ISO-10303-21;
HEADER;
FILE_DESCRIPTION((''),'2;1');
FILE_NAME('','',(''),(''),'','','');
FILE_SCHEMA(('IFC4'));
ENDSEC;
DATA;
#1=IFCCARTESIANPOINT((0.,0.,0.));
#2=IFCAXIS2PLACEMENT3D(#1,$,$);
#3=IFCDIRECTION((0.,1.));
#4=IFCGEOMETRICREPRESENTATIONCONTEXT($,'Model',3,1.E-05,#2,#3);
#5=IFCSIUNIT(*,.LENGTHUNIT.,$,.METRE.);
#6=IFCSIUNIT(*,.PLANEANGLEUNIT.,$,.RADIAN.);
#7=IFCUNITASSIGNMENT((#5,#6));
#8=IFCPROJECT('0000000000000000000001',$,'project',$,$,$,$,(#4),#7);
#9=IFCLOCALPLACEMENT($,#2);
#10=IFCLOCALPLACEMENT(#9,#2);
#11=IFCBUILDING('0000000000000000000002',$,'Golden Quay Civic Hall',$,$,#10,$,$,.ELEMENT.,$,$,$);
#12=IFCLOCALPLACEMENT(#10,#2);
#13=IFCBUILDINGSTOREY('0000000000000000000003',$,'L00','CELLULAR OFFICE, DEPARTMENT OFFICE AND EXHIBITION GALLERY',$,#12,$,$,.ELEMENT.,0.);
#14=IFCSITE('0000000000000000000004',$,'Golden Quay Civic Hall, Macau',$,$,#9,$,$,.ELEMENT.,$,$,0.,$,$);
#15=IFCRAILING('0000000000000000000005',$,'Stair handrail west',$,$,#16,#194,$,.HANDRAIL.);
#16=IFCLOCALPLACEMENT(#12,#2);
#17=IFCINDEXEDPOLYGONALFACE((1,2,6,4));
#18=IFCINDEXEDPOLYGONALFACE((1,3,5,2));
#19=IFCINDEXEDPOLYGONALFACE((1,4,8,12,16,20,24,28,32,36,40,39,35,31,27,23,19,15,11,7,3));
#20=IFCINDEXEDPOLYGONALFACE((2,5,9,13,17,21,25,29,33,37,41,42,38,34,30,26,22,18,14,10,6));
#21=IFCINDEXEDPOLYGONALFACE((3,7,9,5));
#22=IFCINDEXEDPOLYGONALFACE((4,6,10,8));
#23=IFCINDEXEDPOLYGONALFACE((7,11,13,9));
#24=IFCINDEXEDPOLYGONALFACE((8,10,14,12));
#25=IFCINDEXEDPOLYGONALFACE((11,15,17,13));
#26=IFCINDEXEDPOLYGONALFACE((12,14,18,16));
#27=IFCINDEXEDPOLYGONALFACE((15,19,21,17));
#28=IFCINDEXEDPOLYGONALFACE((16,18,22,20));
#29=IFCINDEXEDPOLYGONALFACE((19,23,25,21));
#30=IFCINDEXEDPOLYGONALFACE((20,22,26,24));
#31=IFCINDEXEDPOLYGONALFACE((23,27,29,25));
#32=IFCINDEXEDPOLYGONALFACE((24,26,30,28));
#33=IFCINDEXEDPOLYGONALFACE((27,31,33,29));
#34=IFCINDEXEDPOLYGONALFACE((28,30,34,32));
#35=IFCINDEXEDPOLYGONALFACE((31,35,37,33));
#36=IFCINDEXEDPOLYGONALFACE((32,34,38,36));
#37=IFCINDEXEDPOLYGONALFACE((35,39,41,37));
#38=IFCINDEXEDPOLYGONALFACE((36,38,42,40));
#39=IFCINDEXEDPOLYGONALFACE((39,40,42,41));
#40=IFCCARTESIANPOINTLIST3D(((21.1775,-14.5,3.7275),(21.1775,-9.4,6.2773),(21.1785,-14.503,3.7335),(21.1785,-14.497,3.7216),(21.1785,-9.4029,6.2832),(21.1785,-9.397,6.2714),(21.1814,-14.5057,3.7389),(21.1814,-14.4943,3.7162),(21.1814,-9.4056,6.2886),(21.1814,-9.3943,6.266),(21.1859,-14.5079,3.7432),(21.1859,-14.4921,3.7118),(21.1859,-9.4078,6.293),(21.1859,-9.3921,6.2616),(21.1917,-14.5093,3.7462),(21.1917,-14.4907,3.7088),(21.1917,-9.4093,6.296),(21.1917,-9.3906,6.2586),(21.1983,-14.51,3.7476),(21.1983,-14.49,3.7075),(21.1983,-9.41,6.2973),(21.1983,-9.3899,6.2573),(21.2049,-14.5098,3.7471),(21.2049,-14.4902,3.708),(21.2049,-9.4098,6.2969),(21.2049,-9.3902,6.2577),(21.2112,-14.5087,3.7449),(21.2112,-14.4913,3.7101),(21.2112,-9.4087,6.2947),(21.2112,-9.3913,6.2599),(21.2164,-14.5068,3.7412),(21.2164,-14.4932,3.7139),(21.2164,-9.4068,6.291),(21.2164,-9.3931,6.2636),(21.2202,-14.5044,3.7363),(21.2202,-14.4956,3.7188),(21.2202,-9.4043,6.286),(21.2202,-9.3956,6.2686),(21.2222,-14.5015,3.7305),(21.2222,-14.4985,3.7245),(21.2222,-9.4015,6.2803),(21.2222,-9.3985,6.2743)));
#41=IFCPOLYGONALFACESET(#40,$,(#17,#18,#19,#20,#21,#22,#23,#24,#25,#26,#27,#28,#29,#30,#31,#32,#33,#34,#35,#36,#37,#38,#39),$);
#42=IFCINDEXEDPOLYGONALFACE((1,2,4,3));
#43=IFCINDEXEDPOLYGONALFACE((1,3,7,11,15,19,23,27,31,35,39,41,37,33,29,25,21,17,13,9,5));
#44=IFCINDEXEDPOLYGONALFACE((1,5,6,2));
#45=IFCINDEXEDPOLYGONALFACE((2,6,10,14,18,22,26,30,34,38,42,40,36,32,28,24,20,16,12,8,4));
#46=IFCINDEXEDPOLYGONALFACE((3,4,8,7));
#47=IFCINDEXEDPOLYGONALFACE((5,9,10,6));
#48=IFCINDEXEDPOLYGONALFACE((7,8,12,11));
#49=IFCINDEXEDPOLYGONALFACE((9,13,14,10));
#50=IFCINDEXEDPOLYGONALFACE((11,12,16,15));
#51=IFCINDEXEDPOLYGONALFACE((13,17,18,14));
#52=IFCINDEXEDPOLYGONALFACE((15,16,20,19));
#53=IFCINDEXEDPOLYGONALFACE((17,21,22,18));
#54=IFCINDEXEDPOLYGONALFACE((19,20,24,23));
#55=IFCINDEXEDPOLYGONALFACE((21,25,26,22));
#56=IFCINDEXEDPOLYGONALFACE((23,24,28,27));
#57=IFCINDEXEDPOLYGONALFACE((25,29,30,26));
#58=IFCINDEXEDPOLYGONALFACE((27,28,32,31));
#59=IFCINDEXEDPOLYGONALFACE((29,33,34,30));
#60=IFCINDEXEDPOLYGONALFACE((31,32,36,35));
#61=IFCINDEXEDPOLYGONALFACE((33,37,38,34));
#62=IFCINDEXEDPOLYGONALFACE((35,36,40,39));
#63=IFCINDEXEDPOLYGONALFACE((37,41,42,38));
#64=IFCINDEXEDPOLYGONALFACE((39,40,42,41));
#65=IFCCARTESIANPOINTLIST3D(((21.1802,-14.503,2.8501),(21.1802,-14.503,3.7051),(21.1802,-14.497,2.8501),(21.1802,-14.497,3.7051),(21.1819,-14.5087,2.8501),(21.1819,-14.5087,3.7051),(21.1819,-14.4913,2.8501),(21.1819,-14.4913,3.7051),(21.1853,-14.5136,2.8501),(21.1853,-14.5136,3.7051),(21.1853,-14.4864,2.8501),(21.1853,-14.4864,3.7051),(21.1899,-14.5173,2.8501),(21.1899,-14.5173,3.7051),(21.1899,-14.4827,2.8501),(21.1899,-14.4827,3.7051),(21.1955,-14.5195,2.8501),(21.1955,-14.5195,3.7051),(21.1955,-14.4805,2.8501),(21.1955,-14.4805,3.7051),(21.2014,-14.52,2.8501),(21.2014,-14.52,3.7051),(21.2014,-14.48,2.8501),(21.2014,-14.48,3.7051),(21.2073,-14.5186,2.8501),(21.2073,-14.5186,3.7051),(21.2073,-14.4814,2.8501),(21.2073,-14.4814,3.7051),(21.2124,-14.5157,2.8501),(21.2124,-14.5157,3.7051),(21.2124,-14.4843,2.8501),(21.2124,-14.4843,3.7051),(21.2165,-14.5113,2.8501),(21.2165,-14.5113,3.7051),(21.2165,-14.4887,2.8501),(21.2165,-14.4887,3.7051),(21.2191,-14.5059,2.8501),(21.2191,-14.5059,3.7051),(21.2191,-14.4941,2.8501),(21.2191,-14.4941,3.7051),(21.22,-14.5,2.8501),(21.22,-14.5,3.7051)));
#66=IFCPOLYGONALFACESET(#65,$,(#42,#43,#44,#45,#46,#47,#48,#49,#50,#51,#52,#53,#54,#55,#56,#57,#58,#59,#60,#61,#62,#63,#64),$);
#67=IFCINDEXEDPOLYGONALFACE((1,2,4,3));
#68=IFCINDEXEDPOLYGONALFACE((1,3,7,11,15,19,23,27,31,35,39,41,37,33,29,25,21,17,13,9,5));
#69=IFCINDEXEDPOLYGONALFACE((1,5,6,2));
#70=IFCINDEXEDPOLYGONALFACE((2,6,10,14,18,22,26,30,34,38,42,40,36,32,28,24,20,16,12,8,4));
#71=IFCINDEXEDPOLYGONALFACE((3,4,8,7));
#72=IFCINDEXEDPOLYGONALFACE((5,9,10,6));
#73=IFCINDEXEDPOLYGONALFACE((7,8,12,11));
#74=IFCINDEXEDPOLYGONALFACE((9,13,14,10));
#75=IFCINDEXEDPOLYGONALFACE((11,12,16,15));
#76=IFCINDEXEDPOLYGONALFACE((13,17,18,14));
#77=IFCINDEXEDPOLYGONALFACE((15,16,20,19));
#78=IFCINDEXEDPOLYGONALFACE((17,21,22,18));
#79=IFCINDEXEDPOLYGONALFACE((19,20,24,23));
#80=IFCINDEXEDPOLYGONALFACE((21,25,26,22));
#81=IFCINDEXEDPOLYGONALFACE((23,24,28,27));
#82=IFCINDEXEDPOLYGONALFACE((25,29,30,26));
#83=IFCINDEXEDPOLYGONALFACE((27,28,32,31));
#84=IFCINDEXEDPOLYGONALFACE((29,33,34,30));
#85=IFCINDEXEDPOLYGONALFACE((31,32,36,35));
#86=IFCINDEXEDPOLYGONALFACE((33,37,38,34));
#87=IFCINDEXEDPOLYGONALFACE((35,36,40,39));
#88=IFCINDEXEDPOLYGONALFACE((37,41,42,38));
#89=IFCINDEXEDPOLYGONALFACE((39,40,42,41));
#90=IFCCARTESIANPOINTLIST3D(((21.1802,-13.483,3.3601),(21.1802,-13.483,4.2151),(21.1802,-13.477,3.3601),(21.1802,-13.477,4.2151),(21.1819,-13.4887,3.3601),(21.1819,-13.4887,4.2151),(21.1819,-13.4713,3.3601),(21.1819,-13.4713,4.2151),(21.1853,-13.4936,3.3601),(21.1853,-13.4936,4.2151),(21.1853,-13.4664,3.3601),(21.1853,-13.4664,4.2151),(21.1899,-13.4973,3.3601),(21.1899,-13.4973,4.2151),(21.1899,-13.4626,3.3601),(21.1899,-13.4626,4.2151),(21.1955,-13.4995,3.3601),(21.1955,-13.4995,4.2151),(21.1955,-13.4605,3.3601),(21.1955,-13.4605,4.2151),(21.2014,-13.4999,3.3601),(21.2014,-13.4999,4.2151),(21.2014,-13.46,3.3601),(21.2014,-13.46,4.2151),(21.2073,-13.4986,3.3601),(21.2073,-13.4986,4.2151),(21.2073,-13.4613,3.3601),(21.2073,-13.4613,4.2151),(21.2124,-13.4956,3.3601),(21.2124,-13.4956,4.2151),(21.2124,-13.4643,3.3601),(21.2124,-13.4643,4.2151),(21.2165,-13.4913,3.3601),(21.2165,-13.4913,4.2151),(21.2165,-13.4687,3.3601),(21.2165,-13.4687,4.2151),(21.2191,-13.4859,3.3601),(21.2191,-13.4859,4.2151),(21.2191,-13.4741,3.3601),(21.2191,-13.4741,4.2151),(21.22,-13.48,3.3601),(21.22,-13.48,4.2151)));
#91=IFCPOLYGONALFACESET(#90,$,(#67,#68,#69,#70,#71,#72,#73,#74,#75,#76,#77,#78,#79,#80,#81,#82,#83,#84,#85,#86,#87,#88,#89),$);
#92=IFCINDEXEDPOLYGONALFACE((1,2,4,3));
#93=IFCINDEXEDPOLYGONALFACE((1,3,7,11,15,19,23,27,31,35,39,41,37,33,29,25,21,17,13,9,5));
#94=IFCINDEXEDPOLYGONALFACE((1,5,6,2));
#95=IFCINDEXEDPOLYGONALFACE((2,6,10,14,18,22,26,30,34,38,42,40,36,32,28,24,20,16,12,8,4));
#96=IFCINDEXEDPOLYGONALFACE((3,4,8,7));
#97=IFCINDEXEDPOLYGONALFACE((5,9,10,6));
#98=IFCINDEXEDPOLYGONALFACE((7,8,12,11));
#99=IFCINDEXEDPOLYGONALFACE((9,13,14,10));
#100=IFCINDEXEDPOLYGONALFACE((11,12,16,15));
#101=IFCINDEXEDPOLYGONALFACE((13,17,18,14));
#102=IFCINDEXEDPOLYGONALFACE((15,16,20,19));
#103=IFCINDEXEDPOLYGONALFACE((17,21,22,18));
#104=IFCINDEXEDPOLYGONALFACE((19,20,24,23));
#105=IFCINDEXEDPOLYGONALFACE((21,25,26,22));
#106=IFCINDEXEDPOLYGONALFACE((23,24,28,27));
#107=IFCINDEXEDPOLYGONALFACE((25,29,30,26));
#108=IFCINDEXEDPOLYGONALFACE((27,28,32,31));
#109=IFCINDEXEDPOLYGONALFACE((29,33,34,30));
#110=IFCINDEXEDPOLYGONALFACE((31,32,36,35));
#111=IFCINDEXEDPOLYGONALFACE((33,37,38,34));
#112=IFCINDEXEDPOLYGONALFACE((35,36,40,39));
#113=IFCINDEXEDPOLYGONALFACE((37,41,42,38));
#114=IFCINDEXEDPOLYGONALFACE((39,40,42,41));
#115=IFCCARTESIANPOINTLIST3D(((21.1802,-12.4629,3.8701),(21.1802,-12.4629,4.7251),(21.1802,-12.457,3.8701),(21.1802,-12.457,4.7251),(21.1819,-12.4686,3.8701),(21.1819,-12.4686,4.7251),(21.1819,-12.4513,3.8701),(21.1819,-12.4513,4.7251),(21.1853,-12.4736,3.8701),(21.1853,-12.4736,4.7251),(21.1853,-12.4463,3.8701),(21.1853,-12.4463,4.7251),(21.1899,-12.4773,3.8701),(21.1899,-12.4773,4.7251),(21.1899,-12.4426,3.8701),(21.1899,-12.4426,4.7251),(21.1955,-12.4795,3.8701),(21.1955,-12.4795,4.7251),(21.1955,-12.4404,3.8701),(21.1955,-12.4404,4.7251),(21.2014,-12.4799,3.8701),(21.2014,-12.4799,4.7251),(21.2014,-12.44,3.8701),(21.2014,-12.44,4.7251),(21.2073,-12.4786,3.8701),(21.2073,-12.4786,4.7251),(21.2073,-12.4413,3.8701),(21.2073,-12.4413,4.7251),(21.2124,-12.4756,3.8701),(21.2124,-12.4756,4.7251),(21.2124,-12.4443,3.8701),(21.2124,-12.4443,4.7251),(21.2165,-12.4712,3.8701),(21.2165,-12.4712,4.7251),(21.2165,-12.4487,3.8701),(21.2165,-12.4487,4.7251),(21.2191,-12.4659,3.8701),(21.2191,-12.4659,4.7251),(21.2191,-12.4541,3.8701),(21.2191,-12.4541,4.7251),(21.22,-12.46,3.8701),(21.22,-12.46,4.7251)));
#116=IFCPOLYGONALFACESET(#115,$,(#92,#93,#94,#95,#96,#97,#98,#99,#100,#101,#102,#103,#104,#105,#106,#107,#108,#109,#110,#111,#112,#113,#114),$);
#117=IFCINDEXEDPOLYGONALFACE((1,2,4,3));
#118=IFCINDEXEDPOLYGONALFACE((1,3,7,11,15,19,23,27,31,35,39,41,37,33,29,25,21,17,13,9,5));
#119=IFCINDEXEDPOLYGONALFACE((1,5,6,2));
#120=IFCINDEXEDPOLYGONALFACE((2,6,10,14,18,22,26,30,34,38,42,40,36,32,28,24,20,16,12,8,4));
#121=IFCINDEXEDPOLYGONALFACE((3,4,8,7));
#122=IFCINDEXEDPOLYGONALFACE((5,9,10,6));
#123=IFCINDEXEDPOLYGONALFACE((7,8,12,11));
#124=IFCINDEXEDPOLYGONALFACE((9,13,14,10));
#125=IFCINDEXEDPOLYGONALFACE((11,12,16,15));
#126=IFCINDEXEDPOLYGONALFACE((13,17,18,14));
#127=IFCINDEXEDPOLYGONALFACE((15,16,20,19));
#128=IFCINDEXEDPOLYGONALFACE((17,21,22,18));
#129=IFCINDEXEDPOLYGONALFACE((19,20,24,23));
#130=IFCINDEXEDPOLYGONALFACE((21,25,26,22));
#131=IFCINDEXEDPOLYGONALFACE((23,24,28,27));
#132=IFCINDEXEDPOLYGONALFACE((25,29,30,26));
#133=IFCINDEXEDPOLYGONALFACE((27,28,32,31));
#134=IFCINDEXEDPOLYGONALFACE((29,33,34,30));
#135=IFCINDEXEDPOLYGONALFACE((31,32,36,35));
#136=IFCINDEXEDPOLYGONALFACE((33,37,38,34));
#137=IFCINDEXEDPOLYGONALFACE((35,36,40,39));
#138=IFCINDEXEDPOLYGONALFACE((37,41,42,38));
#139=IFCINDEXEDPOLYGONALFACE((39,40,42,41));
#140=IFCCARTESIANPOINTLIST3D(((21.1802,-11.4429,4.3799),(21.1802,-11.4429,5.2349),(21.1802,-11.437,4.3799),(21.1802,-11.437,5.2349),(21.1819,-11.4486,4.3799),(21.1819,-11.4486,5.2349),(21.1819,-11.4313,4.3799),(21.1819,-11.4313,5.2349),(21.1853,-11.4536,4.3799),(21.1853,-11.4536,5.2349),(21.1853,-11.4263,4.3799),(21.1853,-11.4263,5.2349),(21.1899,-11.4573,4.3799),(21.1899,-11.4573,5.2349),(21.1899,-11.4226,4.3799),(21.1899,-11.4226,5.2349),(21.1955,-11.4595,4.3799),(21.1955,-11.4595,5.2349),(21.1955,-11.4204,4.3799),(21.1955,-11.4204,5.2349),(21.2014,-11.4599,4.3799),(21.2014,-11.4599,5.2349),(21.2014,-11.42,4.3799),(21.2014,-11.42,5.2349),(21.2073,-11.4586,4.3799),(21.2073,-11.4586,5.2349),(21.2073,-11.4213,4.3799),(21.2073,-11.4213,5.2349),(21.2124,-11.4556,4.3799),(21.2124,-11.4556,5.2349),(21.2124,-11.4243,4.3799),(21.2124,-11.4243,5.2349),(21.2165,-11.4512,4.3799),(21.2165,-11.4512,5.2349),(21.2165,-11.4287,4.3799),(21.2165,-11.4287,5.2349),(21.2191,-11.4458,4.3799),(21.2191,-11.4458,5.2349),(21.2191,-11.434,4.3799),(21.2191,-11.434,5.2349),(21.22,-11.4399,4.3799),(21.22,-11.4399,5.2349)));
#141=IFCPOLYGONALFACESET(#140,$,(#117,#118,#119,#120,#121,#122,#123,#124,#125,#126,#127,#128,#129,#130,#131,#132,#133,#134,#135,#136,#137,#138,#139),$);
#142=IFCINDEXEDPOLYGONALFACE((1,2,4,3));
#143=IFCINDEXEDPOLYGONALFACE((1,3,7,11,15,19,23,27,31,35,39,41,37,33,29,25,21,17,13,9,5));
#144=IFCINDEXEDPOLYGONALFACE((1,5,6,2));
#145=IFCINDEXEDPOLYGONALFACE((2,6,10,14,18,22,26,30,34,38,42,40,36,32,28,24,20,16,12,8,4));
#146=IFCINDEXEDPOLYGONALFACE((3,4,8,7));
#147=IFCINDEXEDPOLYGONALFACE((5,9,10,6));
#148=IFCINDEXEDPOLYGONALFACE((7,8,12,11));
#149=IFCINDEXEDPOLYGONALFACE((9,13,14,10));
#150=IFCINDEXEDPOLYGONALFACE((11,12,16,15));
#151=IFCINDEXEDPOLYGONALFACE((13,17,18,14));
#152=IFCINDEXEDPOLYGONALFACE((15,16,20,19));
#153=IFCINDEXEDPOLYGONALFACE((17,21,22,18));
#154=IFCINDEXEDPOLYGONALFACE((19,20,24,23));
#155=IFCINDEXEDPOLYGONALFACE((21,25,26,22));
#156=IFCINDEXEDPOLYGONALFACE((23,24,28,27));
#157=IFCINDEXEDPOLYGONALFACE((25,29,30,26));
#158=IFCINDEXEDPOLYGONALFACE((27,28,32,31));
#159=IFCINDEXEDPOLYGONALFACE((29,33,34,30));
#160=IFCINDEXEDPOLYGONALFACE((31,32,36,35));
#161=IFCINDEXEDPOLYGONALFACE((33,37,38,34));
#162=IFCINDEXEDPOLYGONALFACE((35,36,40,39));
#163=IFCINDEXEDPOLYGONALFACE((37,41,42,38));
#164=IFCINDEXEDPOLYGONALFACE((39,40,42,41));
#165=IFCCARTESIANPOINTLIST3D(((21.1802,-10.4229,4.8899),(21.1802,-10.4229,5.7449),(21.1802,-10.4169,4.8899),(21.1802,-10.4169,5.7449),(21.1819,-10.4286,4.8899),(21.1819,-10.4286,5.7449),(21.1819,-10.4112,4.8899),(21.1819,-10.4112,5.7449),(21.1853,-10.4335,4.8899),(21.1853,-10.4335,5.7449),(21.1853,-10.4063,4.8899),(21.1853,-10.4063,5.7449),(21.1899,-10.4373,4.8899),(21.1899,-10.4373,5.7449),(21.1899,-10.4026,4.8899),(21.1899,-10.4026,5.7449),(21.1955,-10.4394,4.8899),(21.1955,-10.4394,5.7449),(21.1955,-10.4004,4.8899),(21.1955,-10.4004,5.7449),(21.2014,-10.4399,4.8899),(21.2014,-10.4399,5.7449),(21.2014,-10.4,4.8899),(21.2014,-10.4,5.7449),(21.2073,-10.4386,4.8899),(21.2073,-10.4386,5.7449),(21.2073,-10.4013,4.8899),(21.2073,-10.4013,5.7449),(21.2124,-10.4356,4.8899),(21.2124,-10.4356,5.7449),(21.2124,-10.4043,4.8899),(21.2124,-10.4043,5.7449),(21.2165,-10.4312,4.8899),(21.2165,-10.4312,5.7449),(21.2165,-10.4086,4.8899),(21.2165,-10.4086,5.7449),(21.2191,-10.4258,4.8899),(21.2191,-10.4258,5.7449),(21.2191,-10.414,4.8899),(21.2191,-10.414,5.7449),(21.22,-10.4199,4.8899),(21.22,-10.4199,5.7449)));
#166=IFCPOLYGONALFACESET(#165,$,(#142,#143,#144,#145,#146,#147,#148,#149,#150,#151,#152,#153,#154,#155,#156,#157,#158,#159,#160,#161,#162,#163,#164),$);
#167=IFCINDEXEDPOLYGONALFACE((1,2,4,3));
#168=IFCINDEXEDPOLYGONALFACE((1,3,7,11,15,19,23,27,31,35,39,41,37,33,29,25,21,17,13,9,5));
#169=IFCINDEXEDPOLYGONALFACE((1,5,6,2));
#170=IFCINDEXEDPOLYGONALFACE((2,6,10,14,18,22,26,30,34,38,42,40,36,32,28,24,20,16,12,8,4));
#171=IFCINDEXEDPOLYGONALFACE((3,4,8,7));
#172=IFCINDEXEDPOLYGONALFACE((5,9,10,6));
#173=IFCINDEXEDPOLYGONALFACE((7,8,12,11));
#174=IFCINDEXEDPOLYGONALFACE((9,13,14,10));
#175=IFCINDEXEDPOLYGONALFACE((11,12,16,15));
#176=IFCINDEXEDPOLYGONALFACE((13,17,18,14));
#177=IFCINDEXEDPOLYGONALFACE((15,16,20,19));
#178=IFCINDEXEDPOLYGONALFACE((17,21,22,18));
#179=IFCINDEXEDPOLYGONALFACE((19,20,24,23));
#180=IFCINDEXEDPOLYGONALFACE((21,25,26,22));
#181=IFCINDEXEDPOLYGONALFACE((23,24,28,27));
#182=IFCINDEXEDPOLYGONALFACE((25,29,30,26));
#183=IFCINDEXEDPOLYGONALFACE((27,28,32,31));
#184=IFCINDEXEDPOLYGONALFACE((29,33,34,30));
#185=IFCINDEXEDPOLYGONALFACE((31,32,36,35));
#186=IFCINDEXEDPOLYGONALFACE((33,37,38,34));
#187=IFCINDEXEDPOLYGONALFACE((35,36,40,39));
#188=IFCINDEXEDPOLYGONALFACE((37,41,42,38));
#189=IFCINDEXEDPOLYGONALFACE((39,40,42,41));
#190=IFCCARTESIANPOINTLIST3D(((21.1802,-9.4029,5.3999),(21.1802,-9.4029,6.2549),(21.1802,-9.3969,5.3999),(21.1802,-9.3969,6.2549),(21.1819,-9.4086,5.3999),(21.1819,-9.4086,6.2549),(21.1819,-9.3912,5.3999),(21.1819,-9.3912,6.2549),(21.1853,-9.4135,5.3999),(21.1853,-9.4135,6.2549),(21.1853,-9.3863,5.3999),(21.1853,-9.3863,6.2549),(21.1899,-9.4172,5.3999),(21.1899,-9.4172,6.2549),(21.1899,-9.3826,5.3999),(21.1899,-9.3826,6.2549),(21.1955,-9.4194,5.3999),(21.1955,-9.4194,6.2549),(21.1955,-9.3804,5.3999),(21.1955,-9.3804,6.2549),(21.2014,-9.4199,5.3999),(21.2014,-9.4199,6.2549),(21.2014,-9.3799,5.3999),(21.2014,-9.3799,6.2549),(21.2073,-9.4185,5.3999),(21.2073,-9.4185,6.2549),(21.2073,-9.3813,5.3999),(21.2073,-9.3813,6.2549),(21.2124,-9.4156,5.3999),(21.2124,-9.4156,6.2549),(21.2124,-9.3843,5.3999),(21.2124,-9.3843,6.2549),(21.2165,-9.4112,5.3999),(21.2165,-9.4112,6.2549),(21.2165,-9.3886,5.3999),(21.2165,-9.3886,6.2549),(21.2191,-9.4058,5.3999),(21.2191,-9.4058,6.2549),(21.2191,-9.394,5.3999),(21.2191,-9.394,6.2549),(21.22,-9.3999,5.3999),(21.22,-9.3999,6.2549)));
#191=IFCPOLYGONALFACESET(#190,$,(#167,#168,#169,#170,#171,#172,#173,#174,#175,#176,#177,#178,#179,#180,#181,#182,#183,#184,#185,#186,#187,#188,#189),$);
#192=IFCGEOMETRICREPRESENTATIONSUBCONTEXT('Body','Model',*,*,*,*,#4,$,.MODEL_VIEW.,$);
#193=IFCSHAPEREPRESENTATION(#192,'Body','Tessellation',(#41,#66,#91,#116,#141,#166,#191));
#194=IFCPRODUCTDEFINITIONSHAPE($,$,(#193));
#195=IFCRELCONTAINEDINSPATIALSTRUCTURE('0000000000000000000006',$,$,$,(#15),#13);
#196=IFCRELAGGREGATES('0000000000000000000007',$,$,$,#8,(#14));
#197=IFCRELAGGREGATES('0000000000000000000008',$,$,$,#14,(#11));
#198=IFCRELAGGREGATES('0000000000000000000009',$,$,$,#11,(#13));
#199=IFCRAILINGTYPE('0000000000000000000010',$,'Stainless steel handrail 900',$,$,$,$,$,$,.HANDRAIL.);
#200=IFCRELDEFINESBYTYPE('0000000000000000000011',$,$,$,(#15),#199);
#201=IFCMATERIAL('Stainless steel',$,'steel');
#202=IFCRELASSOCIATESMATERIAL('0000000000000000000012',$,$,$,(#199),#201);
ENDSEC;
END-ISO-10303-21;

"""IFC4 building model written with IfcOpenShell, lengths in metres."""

from ifc_helpers import new_model, si_unit, direction, frame, origin, origin_2d, place, context, subcontext, project, spatial, circle, extrude, material, type_object, element, save


model = new_model("IFC4")

# Units and contexts
model_context = context("Model", 3, precision=1e-05, world=origin(), true_north=direction((0.0, 1.0)))
body_context = subcontext(model_context, "Body", "Model", "MODEL_VIEW")
ifc_project = project(units=[si_unit("LENGTHUNIT", "METRE"), si_unit("PLANEANGLEUNIT", "RADIAN")], contexts=[model_context])

# Site, building, storey
site_placement = place(None, origin())
site = spatial("IfcSite", under=ifc_project, at=site_placement, Name="Golden Quay Civic Hall, Macau", CompositionType="ELEMENT", RefElevation=0.0)
building_placement = place(site_placement, origin())
building = spatial("IfcBuilding", under=site, at=building_placement, Name="Golden Quay Civic Hall", CompositionType="ELEMENT")
storey_placement = place(building_placement, origin())
storey = spatial("IfcBuildingStorey", under=building, at=storey_placement, Name="L00", Description="CELLULAR OFFICE, DEPARTMENT OFFICE AND EXHIBITION GALLERY", CompositionType="ELEMENT", Elevation=0.0)

# Railing
ifc_material_1 = material(Name="Stainless steel", Category="steel")
railing_type_1 = type_object("IfcRailingType", Name="Stainless steel handrail 900", PredefinedType="HANDRAIL", material=ifc_material_1)
railing_1_placement = place(storey_placement, frame((21.2, -14.5, 2.8501)))
element("IfcRailing", 1, at=railing_1_placement, inside=storey, type_object=railing_type_1, Name="Stair handrail west", PredefinedType="HANDRAIL", context=body_context, shape_type="SweptSolid", body=[
    extrude(circle(Radius=0.0225, at=origin_2d()), frame((0.0, 0.0, 0.8774), z_axis=(0.0, 0.894444, 0.447179), x_axis=(-1.0, 0.0, 0.0)), (0.0, 0.0, 1.0), 5.7019),
    extrude(circle(Radius=0.02, at=origin_2d()), origin(), (0.0, 0.0, 1.0), 0.855),
    extrude(circle(Radius=0.02, at=origin_2d()), frame((0.0, 1.02, 0.51)), (0.0, 0.0, 1.0), 0.855),
    extrude(circle(Radius=0.02, at=origin_2d()), frame((0.0, 2.04, 1.02)), (0.0, 0.0, 1.0), 0.855),
    extrude(circle(Radius=0.02, at=origin_2d()), frame((0.0, 3.0601, 1.5298)), (0.0, 0.0, 1.0), 0.855),
    extrude(circle(Radius=0.02, at=origin_2d()), frame((0.0, 4.0801, 2.0398)), (0.0, 0.0, 1.0), 0.855),
    extrude(circle(Radius=0.02, at=origin_2d()), frame((0.0, 5.1001, 2.5498)), (0.0, 0.0, 1.0), 0.855),
])

save(model, "model.ifc")
